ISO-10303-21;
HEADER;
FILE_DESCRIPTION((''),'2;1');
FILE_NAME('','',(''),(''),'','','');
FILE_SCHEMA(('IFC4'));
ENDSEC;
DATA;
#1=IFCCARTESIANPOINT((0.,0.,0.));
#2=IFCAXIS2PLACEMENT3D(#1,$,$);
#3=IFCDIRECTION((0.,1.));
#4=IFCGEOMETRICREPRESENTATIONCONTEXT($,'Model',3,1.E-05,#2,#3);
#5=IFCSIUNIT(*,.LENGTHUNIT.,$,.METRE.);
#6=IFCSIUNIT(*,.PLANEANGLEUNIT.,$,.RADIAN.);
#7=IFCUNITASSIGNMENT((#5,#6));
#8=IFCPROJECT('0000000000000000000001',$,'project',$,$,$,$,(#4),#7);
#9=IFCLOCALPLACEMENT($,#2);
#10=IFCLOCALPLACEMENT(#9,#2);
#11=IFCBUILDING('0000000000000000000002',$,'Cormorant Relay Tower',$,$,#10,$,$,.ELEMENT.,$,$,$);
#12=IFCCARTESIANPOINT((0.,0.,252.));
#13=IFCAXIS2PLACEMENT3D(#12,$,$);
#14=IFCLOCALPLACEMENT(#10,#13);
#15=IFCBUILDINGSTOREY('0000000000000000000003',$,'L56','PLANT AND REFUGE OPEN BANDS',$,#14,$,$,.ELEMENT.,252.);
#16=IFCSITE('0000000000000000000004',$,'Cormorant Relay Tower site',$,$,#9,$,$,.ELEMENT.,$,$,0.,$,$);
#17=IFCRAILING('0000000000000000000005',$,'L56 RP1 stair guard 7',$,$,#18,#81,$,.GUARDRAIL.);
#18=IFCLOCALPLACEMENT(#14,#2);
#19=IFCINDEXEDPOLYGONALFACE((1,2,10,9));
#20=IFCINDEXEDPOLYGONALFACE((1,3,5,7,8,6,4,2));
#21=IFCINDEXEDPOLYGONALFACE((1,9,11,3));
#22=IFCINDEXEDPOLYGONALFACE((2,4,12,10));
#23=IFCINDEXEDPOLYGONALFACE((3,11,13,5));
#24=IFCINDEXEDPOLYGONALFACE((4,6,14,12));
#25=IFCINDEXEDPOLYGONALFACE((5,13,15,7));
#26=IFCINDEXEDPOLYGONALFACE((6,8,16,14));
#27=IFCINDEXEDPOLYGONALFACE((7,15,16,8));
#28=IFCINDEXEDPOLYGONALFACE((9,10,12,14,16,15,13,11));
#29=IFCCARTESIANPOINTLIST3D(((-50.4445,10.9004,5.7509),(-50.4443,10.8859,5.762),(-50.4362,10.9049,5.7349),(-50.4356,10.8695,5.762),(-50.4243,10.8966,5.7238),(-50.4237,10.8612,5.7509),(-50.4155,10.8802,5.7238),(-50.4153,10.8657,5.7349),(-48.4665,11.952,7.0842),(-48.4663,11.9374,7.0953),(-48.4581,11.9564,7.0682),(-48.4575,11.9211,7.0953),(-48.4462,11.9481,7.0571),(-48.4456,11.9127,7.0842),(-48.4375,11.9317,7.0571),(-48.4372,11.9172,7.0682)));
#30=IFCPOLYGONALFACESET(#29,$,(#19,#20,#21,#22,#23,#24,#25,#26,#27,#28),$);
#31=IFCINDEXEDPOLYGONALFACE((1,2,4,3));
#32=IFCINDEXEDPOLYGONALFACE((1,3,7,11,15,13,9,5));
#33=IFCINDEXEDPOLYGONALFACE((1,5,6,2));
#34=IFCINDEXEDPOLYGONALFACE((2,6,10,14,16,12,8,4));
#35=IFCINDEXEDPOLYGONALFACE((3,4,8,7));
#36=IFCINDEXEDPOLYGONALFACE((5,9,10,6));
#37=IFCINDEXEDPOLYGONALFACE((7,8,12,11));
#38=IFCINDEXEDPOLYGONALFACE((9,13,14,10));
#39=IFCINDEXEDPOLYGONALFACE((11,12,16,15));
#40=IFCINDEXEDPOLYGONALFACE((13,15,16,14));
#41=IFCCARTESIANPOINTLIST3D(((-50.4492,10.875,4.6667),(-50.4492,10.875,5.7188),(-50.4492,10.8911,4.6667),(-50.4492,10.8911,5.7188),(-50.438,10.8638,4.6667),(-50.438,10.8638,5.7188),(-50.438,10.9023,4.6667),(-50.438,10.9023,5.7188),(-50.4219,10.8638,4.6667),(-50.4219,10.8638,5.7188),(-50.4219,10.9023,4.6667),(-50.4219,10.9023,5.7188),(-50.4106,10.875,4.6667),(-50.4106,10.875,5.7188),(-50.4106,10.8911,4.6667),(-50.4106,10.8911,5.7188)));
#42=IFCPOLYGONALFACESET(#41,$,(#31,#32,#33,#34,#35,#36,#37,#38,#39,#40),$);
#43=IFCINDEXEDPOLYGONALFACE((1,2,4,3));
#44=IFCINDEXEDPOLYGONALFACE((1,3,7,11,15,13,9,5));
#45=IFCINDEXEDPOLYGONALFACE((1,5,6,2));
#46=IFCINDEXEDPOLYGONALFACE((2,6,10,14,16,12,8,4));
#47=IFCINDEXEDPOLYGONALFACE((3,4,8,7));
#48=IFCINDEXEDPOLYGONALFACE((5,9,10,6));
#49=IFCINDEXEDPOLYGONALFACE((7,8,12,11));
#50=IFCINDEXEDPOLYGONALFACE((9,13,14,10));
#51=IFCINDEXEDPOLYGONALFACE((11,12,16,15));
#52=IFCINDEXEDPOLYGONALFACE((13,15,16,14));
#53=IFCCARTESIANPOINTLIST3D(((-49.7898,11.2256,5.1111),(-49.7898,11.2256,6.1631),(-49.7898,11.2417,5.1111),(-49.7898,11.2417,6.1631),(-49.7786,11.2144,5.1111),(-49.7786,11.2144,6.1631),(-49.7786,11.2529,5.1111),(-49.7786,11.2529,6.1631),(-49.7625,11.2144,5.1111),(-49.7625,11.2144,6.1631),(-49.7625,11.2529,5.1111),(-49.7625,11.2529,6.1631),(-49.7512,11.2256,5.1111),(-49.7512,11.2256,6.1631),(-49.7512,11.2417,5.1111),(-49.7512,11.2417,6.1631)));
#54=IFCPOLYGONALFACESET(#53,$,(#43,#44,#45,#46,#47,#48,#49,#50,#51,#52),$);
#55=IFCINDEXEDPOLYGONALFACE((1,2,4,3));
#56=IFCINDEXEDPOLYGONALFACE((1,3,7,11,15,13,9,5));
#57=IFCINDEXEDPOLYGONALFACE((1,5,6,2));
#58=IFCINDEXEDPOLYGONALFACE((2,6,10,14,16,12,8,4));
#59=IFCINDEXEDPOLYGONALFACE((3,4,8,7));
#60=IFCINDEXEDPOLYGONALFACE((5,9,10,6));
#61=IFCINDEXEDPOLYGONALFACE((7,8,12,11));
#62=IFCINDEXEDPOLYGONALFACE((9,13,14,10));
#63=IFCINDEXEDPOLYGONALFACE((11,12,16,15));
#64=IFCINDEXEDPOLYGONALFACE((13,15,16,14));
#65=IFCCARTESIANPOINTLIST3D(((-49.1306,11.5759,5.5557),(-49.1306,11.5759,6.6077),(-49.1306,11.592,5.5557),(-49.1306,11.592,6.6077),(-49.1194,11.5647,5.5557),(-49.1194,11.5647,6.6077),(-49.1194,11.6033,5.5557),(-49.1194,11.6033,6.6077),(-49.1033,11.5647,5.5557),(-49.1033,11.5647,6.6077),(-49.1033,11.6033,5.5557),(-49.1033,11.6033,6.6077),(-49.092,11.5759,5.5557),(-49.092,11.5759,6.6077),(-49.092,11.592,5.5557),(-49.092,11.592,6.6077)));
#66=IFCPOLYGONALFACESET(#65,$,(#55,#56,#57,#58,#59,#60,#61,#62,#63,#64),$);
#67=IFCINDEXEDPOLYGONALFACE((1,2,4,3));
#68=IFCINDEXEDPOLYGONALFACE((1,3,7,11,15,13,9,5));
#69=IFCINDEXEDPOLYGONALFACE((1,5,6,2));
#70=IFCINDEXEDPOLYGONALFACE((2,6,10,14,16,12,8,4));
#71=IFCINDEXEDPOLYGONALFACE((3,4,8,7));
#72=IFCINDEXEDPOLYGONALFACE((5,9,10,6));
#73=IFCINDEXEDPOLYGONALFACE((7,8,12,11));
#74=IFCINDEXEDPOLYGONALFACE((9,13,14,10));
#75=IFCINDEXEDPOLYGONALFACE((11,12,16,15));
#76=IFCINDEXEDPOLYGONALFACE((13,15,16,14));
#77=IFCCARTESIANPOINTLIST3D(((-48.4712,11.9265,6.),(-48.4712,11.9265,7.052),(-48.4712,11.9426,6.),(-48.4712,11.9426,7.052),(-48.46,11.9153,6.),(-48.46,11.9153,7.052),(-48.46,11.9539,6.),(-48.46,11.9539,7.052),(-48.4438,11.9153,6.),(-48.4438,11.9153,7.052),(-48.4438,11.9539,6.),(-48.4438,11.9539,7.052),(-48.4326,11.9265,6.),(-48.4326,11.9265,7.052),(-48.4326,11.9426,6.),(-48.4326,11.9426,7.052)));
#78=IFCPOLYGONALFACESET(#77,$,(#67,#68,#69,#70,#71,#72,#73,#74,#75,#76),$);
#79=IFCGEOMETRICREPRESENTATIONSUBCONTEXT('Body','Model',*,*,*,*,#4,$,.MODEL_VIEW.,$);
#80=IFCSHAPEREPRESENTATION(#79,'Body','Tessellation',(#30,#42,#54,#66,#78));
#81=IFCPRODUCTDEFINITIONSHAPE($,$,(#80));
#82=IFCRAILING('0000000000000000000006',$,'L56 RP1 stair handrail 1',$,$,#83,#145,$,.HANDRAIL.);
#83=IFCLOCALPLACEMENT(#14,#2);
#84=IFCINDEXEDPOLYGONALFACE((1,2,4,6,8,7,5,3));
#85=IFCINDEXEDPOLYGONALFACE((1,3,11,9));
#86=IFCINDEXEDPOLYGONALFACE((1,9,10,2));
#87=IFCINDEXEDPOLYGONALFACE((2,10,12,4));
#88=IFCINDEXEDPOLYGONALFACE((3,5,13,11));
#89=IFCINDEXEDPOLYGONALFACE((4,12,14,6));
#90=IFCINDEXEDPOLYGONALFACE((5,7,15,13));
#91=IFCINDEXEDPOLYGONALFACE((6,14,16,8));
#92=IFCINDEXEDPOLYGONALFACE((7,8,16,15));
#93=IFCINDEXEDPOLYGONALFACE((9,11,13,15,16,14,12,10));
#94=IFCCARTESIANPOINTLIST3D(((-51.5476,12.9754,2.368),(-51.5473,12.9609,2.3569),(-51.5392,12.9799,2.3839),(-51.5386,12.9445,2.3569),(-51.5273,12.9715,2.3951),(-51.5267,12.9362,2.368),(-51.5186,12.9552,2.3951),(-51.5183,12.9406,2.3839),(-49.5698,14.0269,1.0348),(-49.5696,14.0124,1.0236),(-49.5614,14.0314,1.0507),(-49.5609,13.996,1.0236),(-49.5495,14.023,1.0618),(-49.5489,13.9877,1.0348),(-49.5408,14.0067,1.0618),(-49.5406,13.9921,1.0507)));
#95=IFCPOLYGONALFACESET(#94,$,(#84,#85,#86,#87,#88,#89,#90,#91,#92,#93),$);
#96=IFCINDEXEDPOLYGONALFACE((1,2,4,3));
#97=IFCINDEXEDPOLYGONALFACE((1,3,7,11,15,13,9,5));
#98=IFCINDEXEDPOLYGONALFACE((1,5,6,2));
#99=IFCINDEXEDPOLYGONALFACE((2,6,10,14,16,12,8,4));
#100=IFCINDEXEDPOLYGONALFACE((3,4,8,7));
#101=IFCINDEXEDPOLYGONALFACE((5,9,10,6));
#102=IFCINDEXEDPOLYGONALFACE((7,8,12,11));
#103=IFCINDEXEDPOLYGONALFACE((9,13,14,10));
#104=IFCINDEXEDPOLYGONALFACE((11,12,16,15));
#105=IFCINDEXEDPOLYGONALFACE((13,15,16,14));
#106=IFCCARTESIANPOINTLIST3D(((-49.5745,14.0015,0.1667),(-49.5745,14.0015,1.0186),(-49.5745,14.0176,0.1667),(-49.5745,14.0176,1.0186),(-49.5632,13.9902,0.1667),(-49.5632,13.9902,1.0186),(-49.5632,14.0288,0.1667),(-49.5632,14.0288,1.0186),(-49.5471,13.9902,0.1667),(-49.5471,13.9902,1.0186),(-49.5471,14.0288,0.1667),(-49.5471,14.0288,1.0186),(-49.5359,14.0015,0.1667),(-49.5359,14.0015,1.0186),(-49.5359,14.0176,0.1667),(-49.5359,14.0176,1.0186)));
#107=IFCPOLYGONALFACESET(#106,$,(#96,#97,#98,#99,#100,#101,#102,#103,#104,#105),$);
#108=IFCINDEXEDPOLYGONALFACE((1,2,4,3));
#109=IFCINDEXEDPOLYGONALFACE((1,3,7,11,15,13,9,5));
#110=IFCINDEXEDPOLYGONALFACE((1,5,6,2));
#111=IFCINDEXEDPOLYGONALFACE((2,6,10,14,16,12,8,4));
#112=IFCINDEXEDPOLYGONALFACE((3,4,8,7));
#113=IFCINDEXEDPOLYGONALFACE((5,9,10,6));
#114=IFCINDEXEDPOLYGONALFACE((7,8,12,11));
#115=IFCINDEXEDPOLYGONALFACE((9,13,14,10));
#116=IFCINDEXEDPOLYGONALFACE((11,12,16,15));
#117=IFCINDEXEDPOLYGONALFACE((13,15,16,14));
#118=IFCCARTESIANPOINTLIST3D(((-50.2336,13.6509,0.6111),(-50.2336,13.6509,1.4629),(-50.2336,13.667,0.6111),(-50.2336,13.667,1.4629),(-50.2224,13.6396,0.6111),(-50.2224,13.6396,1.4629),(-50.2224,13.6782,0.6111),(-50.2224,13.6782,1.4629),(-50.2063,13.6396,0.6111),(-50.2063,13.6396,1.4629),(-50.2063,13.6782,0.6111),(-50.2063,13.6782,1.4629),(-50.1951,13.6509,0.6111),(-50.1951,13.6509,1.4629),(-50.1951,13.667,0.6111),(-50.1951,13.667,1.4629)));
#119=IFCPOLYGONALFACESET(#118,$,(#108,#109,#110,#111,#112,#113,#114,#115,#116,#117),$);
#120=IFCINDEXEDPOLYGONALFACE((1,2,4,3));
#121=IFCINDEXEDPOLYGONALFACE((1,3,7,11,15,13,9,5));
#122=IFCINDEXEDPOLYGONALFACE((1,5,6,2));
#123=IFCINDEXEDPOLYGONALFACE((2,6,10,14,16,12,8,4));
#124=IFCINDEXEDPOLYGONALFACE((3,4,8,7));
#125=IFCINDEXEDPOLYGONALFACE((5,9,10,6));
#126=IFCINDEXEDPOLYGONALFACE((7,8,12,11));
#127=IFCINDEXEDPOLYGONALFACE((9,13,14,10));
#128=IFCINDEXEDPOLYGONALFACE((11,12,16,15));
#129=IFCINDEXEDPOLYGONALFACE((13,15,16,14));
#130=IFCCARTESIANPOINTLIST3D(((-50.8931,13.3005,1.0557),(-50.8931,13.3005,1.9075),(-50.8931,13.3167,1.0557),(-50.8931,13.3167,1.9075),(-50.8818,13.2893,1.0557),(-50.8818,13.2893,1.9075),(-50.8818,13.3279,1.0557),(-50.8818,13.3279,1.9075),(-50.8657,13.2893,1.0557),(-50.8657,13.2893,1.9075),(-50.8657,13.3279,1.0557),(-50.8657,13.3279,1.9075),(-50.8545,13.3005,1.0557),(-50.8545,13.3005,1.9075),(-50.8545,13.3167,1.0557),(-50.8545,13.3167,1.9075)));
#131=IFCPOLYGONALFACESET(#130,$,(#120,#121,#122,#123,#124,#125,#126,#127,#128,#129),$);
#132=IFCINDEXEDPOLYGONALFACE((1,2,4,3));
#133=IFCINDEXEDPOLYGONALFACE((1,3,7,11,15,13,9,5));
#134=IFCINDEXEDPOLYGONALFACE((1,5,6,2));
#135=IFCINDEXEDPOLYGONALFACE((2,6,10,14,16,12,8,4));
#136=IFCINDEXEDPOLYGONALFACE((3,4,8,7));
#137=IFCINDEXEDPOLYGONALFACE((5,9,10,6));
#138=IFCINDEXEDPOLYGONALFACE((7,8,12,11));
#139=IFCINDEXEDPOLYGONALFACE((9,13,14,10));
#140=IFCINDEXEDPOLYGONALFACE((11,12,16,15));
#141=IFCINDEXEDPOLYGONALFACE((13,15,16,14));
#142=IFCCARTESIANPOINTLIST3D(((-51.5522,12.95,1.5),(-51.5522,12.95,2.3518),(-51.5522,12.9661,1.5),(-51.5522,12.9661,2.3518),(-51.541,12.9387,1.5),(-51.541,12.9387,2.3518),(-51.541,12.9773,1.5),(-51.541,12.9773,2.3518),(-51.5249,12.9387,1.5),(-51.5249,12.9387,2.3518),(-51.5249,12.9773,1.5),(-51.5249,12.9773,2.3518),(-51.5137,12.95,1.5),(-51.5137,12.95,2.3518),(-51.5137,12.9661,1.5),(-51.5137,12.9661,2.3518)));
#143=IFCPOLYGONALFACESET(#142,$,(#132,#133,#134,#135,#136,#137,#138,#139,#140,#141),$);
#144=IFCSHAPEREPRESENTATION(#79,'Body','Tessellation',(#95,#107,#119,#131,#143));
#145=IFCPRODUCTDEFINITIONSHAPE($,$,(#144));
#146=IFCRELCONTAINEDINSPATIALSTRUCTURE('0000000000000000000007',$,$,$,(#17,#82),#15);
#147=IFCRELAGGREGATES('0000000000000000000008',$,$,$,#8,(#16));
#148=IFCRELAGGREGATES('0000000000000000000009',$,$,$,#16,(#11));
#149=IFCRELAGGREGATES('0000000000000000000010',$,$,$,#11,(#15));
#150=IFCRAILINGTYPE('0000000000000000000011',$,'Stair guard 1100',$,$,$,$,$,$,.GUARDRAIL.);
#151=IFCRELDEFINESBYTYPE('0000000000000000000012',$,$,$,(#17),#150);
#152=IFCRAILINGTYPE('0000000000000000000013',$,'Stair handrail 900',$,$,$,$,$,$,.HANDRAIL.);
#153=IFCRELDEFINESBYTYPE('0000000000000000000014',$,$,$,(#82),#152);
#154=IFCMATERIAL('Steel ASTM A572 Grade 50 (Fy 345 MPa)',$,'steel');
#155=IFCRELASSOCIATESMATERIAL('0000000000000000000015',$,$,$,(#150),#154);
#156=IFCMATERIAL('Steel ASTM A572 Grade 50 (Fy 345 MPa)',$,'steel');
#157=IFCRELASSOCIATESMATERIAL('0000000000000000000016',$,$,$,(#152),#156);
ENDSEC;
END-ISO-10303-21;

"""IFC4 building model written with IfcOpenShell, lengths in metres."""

from ifc_helpers import new_model, si_unit, direction, frame, origin, place, context, subcontext, project, spatial, polyline, outline, extrude, material, type_object, element, save


model = new_model("IFC4")

# Units and contexts
model_context = context("Model", 3, precision=1e-05, world=origin(), true_north=direction((0.0, 1.0)))
body_context = subcontext(model_context, "Body", "Model", "MODEL_VIEW")
ifc_project = project(units=[si_unit("LENGTHUNIT", "METRE"), si_unit("PLANEANGLEUNIT", "RADIAN")], contexts=[model_context])

# Site, building, storey
site_placement = place(None, origin())
site = spatial("IfcSite", under=ifc_project, at=site_placement, Name="Cormorant Relay Tower site", CompositionType="ELEMENT", RefElevation=0.0)
building_placement = place(site_placement, origin())
building = spatial("IfcBuilding", under=site, at=building_placement, Name="Cormorant Relay Tower", CompositionType="ELEMENT")
storey_placement = place(building_placement, frame((0.0, 0.0, 252.0)))
storey = spatial("IfcBuildingStorey", under=building, at=storey_placement, Name="L56", Description="PLANT AND REFUGE OPEN BANDS", CompositionType="ELEMENT", Elevation=252.0)

# Railings
ifc_material_1 = material(Name="Steel ASTM A572 Grade 50 (Fy 345 MPa)", Category="steel")
railing_type_1 = type_object("IfcRailingType", Name="Stair guard 1100", PredefinedType="GUARDRAIL", material=ifc_material_1)
railing_1_placement = place(storey_placement, frame((-50.4299, 10.8831, 4.6667)))
element("IfcRailing", 1, at=railing_1_placement, inside=storey, type_object=railing_type_1, Name="L56 RP1 stair guard 7", PredefinedType="GUARDRAIL", context=body_context, shape_type="SweptSolid", body=[
    extrude(outline(polyline([(0.0222, 0.0093), (0.0093, 0.0222), (-0.0093, 0.0222), (-0.0222, 0.0093), (-0.0222, -0.0093), (-0.0093, -0.0222), (0.0093, -0.0222), (0.0222, -0.0093), (0.0222, 0.0093)])), frame((0.0, 0.0, 1.0762), z_axis=(0.758771, 0.403361, 0.511435), x_axis=(-0.469394, 0.882989, 0.0)), (0.0, 0.0, 1.0), 2.6069),
    extrude(outline(polyline([(0.0193, 0.0081), (0.0081, 0.0193), (-0.0081, 0.0193), (-0.0193, 0.0081), (-0.0193, -0.0081), (-0.0081, -0.0193), (0.0081, -0.0193), (0.0193, -0.0081), (0.0193, 0.0081)])), origin(), (0.0, 0.0, 1.0), 1.052),
    extrude(outline(polyline([(0.0193, 0.0081), (0.0081, 0.0193), (-0.0081, 0.0193), (-0.0193, 0.0081), (-0.0193, -0.0081), (-0.0081, -0.0193), (0.0081, -0.0193), (0.0193, -0.0081), (0.0193, 0.0081)])), frame((0.6594, 0.3506, 0.4443)), (0.0, 0.0, 1.0), 1.052),
    extrude(outline(polyline([(0.0193, 0.0081), (0.0081, 0.0193), (-0.0081, 0.0193), (-0.0193, 0.0081), (-0.0193, -0.0081), (-0.0081, -0.0193), (0.0081, -0.0193), (0.0193, -0.0081), (0.0193, 0.0081)])), frame((1.3186, 0.7009, 0.8889)), (0.0, 0.0, 1.0), 1.052),
    extrude(outline(polyline([(0.0193, 0.0081), (0.0081, 0.0193), (-0.0081, 0.0193), (-0.0193, 0.0081), (-0.0193, -0.0081), (-0.0081, -0.0193), (0.0081, -0.0193), (0.0193, -0.0081), (0.0193, 0.0081)])), frame((1.978, 1.0515, 1.3333)), (0.0, 0.0, 1.0), 1.052),
])
ifc_material_2 = material(Name="Steel ASTM A572 Grade 50 (Fy 345 MPa)", Category="steel")
railing_type_2 = type_object("IfcRailingType", Name="Stair handrail 900", PredefinedType="HANDRAIL", material=ifc_material_2)
railing_2_placement = place(storey_placement, frame((-49.5552, 14.0095, 0.1667)))
element("IfcRailing", 2, at=railing_2_placement, inside=storey, type_object=railing_type_2, Name="L56 RP1 stair handrail 1", PredefinedType="HANDRAIL", context=body_context, shape_type="SweptSolid", body=[
    extrude(outline(polyline([(0.0222, 0.0093), (0.0093, 0.0222), (-0.0093, 0.0222), (-0.0222, 0.0093), (-0.0222, -0.0093), (-0.0093, -0.0222), (0.0093, -0.0222), (0.0222, -0.0093), (0.0222, 0.0093)])), frame((0.0, 0.0, 0.876), z_axis=(-0.758732, -0.403389, 0.511472), x_axis=(0.469439, -0.882965, 0.0)), (0.0, 0.0, 1.0), 2.6067),
    extrude(outline(polyline([(0.0193, 0.0081), (0.0081, 0.0193), (-0.0081, 0.0193), (-0.0193, 0.0081), (-0.0193, -0.0081), (-0.0081, -0.0193), (0.0081, -0.0193), (0.0193, -0.0081), (0.0193, 0.0081)])), origin(), (0.0, 0.0, 1.0), 0.8518),
    extrude(outline(polyline([(0.0193, 0.0081), (0.0081, 0.0193), (-0.0081, 0.0193), (-0.0193, 0.0081), (-0.0193, -0.0081), (-0.0081, -0.0193), (0.0081, -0.0193), (0.0193, -0.0081), (0.0193, 0.0081)])), frame((-0.6592, -0.3506, 0.4443)), (0.0, 0.0, 1.0), 0.8518),
    extrude(outline(polyline([(0.0193, 0.0081), (0.0081, 0.0193), (-0.0081, 0.0193), (-0.0193, 0.0081), (-0.0193, -0.0081), (-0.0081, -0.0193), (0.0081, -0.0193), (0.0193, -0.0081), (0.0193, 0.0081)])), frame((-1.3186, -0.7009, 0.8889)), (0.0, 0.0, 1.0), 0.8518),
    extrude(outline(polyline([(0.0193, 0.0081), (0.0081, 0.0193), (-0.0081, 0.0193), (-0.0193, 0.0081), (-0.0193, -0.0081), (-0.0081, -0.0193), (0.0081, -0.0193), (0.0193, -0.0081), (0.0193, 0.0081)])), frame((-1.9778, -1.0515, 1.3333)), (0.0, 0.0, 1.0), 0.8518),
])

save(model, "model.ifc")
